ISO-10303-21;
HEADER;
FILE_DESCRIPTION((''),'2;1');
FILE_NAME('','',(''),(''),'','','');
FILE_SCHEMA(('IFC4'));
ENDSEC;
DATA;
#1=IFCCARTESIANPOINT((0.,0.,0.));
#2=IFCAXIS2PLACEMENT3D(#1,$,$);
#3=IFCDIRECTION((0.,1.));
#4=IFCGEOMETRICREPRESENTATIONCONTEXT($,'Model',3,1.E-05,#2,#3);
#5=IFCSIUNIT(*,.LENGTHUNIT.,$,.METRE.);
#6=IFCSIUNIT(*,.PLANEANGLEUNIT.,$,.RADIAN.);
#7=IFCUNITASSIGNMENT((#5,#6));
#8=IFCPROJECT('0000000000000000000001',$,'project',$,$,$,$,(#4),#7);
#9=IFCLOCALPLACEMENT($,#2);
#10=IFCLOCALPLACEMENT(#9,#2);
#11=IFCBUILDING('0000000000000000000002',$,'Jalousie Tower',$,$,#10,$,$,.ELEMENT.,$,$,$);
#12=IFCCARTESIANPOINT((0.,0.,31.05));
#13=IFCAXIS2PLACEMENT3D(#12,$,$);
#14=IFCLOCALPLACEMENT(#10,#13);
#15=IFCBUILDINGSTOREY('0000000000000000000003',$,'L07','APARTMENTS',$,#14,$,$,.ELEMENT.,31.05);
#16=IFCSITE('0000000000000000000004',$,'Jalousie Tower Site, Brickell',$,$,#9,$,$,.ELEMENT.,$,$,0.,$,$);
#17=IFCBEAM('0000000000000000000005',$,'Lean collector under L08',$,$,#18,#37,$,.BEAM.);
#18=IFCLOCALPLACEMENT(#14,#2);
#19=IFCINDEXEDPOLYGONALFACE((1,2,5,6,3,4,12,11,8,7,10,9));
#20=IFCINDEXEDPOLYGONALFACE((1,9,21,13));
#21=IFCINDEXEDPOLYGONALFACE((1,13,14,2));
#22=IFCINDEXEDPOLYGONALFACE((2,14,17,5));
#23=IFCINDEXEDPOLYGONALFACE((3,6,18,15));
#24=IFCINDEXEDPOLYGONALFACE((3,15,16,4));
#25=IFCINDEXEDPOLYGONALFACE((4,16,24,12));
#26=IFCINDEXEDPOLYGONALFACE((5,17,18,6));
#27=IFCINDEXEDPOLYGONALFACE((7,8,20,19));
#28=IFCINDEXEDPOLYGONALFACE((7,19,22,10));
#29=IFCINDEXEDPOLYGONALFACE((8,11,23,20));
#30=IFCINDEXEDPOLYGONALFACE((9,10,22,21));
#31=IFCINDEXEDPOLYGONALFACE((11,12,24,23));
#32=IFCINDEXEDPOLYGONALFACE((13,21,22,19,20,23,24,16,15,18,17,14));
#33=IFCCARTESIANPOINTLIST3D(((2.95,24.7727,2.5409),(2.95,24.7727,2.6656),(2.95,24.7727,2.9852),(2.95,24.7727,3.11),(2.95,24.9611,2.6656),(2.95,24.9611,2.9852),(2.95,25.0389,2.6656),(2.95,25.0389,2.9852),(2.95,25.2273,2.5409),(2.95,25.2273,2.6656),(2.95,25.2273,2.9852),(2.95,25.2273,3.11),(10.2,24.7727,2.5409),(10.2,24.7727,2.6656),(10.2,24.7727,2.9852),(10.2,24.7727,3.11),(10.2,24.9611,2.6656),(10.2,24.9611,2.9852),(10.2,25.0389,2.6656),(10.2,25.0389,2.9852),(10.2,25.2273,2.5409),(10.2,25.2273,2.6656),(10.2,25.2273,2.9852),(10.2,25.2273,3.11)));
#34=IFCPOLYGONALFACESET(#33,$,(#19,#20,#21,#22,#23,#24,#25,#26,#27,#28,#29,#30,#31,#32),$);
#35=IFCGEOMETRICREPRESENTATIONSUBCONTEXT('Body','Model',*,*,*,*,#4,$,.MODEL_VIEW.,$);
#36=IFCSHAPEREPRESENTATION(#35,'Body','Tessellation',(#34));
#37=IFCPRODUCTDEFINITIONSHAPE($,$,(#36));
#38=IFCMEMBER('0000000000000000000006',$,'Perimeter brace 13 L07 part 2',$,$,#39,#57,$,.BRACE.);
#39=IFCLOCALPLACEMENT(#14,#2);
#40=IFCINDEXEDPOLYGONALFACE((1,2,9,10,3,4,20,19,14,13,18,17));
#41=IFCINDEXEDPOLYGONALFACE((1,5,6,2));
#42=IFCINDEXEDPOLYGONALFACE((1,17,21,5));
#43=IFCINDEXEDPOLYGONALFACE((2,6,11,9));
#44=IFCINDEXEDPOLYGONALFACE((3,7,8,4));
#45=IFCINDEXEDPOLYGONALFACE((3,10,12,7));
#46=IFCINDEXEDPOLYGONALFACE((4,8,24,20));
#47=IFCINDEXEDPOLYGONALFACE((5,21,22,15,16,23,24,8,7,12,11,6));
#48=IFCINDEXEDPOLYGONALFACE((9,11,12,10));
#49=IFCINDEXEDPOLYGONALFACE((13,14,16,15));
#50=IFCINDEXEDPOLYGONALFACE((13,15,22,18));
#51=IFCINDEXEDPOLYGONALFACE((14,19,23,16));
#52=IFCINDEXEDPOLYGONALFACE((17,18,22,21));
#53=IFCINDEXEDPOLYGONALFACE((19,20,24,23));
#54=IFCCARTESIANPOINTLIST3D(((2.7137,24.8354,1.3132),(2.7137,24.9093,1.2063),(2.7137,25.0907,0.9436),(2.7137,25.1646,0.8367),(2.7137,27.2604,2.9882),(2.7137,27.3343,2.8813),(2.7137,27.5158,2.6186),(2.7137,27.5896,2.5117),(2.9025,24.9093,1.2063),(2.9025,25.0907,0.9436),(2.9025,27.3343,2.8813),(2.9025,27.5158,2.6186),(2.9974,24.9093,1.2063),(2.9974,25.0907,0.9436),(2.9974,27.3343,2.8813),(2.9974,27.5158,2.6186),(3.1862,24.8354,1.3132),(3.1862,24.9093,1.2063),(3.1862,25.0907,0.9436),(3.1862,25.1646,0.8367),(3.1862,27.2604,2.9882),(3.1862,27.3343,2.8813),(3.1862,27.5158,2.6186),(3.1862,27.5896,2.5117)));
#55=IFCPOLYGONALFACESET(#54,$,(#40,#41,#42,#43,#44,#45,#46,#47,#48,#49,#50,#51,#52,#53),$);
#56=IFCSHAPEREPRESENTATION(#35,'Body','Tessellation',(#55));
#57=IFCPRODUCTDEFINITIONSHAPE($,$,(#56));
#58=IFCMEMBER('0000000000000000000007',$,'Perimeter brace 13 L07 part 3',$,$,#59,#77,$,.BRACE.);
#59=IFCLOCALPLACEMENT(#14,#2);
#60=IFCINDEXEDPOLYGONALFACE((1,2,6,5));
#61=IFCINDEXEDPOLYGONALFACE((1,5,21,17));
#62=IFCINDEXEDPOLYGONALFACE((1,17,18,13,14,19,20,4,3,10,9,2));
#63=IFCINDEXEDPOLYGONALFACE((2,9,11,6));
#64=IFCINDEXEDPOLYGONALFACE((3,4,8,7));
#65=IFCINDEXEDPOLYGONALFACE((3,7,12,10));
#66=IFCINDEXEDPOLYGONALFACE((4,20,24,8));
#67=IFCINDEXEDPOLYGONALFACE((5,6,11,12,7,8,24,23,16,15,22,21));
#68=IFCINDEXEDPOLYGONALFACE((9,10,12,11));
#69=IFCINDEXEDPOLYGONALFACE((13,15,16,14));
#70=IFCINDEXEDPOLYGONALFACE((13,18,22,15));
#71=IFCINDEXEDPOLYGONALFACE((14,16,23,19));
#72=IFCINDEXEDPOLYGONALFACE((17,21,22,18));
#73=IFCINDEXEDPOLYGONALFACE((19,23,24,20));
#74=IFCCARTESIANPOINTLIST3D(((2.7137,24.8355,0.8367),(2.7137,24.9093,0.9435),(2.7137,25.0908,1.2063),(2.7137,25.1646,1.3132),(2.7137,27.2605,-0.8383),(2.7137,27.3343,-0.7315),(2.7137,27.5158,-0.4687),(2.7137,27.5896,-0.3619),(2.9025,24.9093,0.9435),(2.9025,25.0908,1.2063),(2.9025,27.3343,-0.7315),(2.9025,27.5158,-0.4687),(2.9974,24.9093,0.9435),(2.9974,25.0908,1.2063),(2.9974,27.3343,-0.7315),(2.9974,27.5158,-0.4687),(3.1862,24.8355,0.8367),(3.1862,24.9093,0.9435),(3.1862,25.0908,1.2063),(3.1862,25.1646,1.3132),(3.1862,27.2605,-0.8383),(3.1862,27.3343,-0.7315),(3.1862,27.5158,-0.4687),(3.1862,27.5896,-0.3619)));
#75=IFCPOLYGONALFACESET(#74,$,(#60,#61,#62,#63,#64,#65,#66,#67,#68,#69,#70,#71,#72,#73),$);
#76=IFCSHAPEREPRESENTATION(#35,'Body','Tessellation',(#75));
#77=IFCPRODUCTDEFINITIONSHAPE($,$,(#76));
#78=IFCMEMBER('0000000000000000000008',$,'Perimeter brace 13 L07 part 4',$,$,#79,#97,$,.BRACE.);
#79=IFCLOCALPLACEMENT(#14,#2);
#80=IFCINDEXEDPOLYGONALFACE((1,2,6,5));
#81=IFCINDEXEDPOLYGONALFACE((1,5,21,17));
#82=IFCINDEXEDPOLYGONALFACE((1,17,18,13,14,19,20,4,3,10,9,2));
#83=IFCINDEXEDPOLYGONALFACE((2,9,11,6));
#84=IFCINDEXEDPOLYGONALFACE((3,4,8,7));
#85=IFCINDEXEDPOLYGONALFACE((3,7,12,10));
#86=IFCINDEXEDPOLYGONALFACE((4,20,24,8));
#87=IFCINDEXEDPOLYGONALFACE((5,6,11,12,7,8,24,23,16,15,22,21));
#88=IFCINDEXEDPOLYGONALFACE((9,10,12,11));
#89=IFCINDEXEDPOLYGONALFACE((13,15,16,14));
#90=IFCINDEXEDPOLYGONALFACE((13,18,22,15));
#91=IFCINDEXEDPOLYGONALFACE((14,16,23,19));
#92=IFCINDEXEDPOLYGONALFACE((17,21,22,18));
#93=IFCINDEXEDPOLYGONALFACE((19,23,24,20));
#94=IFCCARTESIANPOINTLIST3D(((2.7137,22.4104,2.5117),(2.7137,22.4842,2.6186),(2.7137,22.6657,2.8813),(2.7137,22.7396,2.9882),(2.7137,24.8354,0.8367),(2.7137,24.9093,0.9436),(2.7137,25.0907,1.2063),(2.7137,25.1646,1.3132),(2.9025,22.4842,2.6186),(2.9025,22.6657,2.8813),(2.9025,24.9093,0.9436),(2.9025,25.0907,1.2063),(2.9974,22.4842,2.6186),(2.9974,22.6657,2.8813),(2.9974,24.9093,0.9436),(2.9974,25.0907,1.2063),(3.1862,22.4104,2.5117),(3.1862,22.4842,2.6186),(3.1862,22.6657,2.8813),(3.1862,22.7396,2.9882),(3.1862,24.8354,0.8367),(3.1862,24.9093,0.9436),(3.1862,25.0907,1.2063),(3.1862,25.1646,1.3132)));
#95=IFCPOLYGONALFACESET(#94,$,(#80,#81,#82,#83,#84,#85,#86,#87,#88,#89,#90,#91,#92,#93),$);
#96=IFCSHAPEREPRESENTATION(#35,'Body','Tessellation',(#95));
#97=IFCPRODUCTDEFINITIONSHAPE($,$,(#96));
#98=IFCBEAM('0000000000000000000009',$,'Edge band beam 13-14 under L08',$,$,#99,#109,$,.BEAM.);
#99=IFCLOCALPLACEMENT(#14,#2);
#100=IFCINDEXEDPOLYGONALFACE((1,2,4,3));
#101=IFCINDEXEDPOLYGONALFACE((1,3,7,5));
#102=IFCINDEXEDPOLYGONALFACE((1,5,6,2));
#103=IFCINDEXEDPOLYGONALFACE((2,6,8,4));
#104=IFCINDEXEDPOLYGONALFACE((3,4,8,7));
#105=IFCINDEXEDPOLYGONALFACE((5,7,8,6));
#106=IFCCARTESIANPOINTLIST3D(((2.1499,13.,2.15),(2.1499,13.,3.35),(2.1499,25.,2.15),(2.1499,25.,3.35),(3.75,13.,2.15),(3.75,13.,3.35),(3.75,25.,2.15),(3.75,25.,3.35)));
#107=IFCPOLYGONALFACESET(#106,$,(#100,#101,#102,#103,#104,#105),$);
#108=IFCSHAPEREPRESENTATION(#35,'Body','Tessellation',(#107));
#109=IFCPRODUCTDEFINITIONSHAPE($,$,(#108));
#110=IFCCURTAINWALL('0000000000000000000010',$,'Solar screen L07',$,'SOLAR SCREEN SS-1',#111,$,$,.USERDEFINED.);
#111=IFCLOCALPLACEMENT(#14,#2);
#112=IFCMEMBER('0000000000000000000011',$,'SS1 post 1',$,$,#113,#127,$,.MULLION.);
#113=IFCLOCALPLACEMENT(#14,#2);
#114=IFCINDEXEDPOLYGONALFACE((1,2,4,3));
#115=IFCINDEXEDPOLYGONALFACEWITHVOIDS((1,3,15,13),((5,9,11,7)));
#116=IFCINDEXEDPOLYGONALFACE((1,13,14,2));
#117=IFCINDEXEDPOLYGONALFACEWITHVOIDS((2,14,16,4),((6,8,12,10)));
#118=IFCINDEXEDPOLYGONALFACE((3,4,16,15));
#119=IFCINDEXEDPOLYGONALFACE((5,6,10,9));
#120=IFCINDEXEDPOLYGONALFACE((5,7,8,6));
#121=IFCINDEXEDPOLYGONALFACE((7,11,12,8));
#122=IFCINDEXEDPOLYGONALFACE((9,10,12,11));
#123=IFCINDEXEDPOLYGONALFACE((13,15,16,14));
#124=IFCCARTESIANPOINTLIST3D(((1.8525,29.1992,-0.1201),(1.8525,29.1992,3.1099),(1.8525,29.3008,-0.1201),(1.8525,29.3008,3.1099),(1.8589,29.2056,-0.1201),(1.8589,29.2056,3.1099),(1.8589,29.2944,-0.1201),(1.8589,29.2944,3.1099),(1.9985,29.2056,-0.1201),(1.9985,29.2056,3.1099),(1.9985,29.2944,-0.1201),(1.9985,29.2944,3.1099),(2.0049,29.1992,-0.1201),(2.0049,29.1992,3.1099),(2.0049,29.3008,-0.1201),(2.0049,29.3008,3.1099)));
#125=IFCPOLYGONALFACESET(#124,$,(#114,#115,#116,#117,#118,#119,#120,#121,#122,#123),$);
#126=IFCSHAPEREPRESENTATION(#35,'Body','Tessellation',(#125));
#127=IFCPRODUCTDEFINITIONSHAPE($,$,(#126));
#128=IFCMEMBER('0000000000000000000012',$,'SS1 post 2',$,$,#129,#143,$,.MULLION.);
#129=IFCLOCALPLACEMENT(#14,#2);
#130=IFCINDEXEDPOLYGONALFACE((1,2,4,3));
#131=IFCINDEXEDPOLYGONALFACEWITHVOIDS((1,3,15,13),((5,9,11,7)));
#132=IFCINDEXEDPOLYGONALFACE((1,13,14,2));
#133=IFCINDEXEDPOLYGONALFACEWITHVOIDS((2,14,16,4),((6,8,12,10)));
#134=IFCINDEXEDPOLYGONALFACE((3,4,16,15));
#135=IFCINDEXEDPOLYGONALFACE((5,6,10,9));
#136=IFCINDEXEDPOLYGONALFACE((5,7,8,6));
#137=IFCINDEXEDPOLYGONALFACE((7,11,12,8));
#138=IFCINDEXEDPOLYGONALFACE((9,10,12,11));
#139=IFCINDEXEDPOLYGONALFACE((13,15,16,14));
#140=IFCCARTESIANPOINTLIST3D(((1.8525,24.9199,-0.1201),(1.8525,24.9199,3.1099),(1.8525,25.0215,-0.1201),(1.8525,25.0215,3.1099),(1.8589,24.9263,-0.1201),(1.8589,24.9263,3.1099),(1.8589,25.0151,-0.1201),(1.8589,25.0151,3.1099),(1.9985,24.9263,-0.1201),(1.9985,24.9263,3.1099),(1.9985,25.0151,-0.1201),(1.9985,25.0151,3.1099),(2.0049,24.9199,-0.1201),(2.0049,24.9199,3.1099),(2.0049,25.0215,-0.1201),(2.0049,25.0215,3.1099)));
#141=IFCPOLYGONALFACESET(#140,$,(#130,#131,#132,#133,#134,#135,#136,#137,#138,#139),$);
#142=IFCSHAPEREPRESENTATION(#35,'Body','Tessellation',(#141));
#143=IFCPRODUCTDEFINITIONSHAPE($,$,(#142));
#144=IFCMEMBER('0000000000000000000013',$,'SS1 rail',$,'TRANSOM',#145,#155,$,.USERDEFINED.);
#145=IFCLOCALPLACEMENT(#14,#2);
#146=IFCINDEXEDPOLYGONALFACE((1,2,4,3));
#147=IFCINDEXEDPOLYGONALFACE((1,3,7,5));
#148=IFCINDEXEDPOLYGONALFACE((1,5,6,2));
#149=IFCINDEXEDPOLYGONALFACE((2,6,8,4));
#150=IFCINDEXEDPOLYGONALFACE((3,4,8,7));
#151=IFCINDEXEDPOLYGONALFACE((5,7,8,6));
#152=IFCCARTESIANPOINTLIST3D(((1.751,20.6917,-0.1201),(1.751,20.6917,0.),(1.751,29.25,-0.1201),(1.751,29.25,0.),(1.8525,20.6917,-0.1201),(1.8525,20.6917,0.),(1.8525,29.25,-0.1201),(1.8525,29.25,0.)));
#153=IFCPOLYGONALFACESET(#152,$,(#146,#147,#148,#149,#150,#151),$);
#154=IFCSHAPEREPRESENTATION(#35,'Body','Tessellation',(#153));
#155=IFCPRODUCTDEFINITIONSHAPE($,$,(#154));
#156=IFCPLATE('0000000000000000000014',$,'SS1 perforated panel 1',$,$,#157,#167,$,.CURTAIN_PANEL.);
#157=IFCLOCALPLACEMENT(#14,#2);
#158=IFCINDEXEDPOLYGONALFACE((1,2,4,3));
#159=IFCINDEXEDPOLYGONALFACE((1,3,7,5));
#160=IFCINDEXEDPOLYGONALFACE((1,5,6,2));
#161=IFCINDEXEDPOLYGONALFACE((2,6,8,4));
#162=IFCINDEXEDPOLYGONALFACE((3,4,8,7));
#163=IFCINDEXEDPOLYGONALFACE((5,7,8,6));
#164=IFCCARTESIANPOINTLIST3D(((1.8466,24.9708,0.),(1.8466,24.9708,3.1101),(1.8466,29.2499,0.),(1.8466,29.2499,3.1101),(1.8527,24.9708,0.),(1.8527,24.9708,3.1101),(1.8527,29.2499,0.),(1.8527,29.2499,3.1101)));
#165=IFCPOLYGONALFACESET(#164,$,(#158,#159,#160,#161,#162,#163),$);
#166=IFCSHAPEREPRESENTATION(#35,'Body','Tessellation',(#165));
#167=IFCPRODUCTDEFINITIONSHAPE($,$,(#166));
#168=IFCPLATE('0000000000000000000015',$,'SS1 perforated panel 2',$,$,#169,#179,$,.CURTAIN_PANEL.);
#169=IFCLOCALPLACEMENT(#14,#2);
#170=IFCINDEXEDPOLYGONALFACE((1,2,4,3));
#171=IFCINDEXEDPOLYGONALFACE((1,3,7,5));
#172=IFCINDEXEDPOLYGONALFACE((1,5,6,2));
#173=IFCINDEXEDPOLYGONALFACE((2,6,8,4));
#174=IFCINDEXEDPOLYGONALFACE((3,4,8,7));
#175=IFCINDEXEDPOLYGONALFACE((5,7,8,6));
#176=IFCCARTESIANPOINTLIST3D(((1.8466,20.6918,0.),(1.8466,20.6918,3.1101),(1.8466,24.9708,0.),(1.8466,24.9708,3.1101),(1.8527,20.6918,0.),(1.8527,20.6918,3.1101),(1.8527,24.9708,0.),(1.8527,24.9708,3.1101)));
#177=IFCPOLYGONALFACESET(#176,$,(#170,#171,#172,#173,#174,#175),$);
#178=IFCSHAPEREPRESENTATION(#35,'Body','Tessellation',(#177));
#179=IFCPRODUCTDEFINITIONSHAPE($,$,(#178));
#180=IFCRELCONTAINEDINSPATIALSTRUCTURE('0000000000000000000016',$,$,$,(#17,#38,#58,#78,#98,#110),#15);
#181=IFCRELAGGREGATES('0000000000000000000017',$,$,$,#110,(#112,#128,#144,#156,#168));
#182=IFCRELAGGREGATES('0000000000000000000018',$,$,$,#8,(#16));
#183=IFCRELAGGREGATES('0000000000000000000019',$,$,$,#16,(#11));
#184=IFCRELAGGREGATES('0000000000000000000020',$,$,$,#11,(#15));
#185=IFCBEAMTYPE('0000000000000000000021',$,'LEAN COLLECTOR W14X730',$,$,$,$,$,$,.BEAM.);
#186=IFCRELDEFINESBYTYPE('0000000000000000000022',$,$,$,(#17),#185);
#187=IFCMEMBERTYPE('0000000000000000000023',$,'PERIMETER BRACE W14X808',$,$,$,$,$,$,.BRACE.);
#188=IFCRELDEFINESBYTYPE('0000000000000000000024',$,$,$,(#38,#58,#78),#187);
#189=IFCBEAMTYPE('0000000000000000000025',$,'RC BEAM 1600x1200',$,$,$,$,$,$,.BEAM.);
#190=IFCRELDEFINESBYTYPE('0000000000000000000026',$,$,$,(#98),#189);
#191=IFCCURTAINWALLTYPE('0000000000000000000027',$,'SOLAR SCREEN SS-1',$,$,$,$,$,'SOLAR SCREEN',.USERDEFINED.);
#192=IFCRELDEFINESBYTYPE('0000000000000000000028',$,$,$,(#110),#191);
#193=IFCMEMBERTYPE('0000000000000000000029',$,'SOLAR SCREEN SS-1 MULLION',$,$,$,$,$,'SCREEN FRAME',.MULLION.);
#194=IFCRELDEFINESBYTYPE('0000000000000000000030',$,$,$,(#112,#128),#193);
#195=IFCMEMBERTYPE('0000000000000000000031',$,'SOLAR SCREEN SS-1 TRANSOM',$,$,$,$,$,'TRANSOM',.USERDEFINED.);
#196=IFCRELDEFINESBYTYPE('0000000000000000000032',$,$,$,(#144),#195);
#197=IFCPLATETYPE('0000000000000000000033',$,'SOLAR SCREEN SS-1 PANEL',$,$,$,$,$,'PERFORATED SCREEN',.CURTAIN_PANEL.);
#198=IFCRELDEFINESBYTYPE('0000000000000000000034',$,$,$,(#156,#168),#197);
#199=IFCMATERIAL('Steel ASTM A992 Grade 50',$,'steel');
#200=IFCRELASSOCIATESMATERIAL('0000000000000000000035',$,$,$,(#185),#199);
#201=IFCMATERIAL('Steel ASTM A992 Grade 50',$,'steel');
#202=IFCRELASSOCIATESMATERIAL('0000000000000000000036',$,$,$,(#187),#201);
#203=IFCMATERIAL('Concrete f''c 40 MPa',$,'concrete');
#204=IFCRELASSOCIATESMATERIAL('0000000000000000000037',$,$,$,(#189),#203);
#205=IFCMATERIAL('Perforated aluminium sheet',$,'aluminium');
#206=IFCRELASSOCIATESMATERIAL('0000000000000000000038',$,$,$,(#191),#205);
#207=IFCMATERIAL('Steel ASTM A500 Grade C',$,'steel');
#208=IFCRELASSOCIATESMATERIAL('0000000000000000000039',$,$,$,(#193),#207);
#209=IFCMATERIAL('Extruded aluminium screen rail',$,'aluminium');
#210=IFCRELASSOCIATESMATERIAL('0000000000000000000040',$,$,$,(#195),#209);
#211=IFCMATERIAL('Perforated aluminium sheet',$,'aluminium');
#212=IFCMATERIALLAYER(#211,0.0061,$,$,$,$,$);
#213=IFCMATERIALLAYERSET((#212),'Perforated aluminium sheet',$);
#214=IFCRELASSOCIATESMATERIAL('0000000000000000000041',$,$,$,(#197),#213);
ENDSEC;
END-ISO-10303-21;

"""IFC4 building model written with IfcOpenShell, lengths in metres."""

from ifc_helpers import new_model, si_unit, direction, frame, origin, origin_2d, place, context, subcontext, project, spatial, rectangle, hollow_rectangle, i_section, extrude, material, layer, layer_set, material_profile, profile_set, type_object, element, aggregate, save


model = new_model("IFC4")

# Units and contexts
model_context = context("Model", 3, precision=1e-05, world=origin(), true_north=direction((0.0, 1.0)))
body_context = subcontext(model_context, "Body", "Model", "MODEL_VIEW")
ifc_project = project(units=[si_unit("LENGTHUNIT", "METRE"), si_unit("PLANEANGLEUNIT", "RADIAN")], contexts=[model_context])

# Site, building, storey
site_placement = place(None, origin())
site = spatial("IfcSite", under=ifc_project, at=site_placement, Name="Jalousie Tower Site, Brickell", CompositionType="ELEMENT", RefElevation=0.0)
building_placement = place(site_placement, origin())
building = spatial("IfcBuilding", under=site, at=building_placement, Name="Jalousie Tower", CompositionType="ELEMENT")
storey_placement = place(building_placement, frame((0.0, 0.0, 31.05)))
storey = spatial("IfcBuildingStorey", under=building, at=storey_placement, Name="L07", Description="APARTMENTS", CompositionType="ELEMENT", Elevation=31.05)

# Beam
ifc_material_1 = material(Name="Steel ASTM A992 Grade 50", Category="steel")
ifc_material_profile_1 = material_profile(ifc_material_1, i_section(OverallWidth=0.4546, OverallDepth=0.5691, WebThickness=0.0779, FlangeThickness=0.1248, at=origin_2d()), Name="W14X730")
ifc_profile_set_1 = profile_set([ifc_material_profile_1], Name="Steel ASTM A992 Grade 50")
beam_type_1 = type_object("IfcBeamType", Name="LEAN COLLECTOR W14X730", PredefinedType="BEAM", material=ifc_profile_set_1)
beam_1_placement = place(storey_placement, frame((2.95, 25.0, 2.8254), z_axis=(1.0, 0.0, 0.0), x_axis=(0.0, 1.0, 0.0)))
element("IfcBeam", 1, at=beam_1_placement, inside=storey, type_object=beam_type_1, Name="Lean collector under L08", PredefinedType="BEAM", context=body_context, shape_type="SweptSolid", body=[
    extrude(i_section(OverallWidth=0.4546, OverallDepth=0.5691, WebThickness=0.0779, FlangeThickness=0.1248, at=origin_2d()), origin(), (0.0, 0.0, 1.0), 7.25),
])

# Members
ifc_material_2 = material(Name="Steel ASTM A992 Grade 50", Category="steel")
ifc_material_profile_2 = material_profile(ifc_material_2, i_section(OverallWidth=0.4724, OverallDepth=0.5791, WebThickness=0.095, FlangeThickness=0.1299, at=origin_2d()), Name="W14X808")
ifc_profile_set_2 = profile_set([ifc_material_profile_2], Name="Steel ASTM A992 Grade 50")
member_type_1 = type_object("IfcMemberType", Name="PERIMETER BRACE W14X808", PredefinedType="BRACE", material=ifc_profile_set_2)
for number, where, z_axis, x_axis, name in (
    (2, (2.95, 25.0, 1.075), (0.0, 0.8228, 0.568331), (-1.0, 0.0, 0.0), "Perimeter brace 13 L07 part 2"),
    (3, (2.95, 27.425, -0.6001), (0.0, -0.8228, 0.568331), (1.0, 0.0, 0.0), "Perimeter brace 13 L07 part 3"),
    (4, (2.95, 25.0, 1.075), (0.0, -0.8228, 0.568331), (1.0, 0.0, 0.0), "Perimeter brace 13 L07 part 4"),
):
    element("IfcMember", number, at=place(storey_placement, frame(where, z_axis=z_axis, x_axis=x_axis)), inside=storey, type_object=member_type_1, Name=name, PredefinedType="BRACE", context=body_context, shape_type="SweptSolid", body=[
        extrude(i_section(OverallWidth=0.4724, OverallDepth=0.5791, WebThickness=0.095, FlangeThickness=0.1299, at=origin_2d()), origin(), (0.0, 0.0, 1.0), 2.9473),
    ])

# Beam
ifc_material_3 = material(Name="Concrete f'c 40 MPa", Category="concrete")
ifc_material_profile_3 = material_profile(ifc_material_3, rectangle(XDim=1.6001, YDim=1.2, at=origin_2d()), Name="RC 1600x1200")
ifc_profile_set_3 = profile_set([ifc_material_profile_3], Name="Concrete f'c 40 MPa")
beam_type_2 = type_object("IfcBeamType", Name="RC BEAM 1600x1200", PredefinedType="BEAM", material=ifc_profile_set_3)
beam_2_placement = place(storey_placement, frame((2.95, 25.0, 2.75), z_axis=(0.0, -1.0, 0.0), x_axis=(1.0, 0.0, 0.0)))
element("IfcBeam", 5, at=beam_2_placement, inside=storey, type_object=beam_type_2, Name="Edge band beam 13-14 under L08", PredefinedType="BEAM", context=body_context, shape_type="SweptSolid", body=[
    extrude(rectangle(XDim=1.6001, YDim=1.2, at=origin_2d()), origin(), (0.0, 0.0, 1.0), 12.0),
])

# Curtain wall, members, plates
ifc_material_4 = material(Name="Perforated aluminium sheet", Category="aluminium")
curtain_wall_type = type_object("IfcCurtainWallType", Name="SOLAR SCREEN SS-1", ElementType="SOLAR SCREEN", PredefinedType="USERDEFINED", material=ifc_material_4)
curtain_wall_placement = place(storey_placement, origin())
curtain_wall = element("IfcCurtainWall", 6, at=curtain_wall_placement, inside=storey, type_object=curtain_wall_type, Name="Solar screen L07", ObjectType="SOLAR SCREEN SS-1", PredefinedType="USERDEFINED")
ifc_material_5 = material(Name="Steel ASTM A500 Grade C", Category="steel")
ifc_material_profile_4 = material_profile(ifc_material_5, hollow_rectangle(XDim=0.1016, YDim=0.1523, WallThickness=0.0063, at=origin_2d()), Name="HSS6X4X1/4")
ifc_profile_set_4 = profile_set([ifc_material_profile_4], Name="Steel ASTM A500 Grade C")
member_type_2 = type_object("IfcMemberType", Name="SOLAR SCREEN SS-1 MULLION", ElementType="SCREEN FRAME", PredefinedType="MULLION", material=ifc_profile_set_4)
member_1_placement = place(storey_placement, frame((1.9287, 29.25, -0.1201), z_axis=(0.0, 0.0, 1.0), x_axis=(0.0, -1.0, 0.0)))
member_1 = element("IfcMember", 7, at=member_1_placement, type_object=member_type_2, Name="SS1 post 1", PredefinedType="MULLION", context=body_context, shape_type="SweptSolid", body=[
    extrude(hollow_rectangle(XDim=0.1016, YDim=0.1523, WallThickness=0.0063, at=origin_2d()), origin(), (0.0, 0.0, 1.0), 3.23),
])
member_2_placement = place(storey_placement, frame((1.9287, 24.9707, -0.1201), z_axis=(0.0, 0.0, 1.0), x_axis=(0.0, -1.0, 0.0)))
member_2 = element("IfcMember", 8, at=member_2_placement, type_object=member_type_2, Name="SS1 post 2", PredefinedType="MULLION", context=body_context, shape_type="SweptSolid", body=[
    extrude(hollow_rectangle(XDim=0.1016, YDim=0.1523, WallThickness=0.0063, at=origin_2d()), origin(), (0.0, 0.0, 1.0), 3.23),
])
ifc_material_6 = material(Name="Extruded aluminium screen rail", Category="aluminium")
ifc_material_profile_5 = material_profile(ifc_material_6, rectangle(XDim=0.1016, YDim=0.1201, at=origin_2d()), Name="RAIL 102x120")
ifc_profile_set_5 = profile_set([ifc_material_profile_5], Name="Extruded aluminium screen rail")
member_type_3 = type_object("IfcMemberType", Name="SOLAR SCREEN SS-1 TRANSOM", ElementType="TRANSOM", PredefinedType="USERDEFINED", material=ifc_profile_set_5)
member_3_placement = place(storey_placement, frame((1.8018, 29.25, -0.0601), z_axis=(0.0, -1.0, 0.0), x_axis=(1.0, 0.0, 0.0)))
member_3 = element("IfcMember", 9, at=member_3_placement, type_object=member_type_3, Name="SS1 rail", ObjectType="TRANSOM", PredefinedType="USERDEFINED", context=body_context, shape_type="SweptSolid", body=[
    extrude(rectangle(XDim=0.1016, YDim=0.1201, at=origin_2d()), origin(), (0.0, 0.0, 1.0), 8.5583),
])
ifc_material_7 = material(Name="Perforated aluminium sheet", Category="aluminium")
ifc_layer = layer(ifc_material_7, 0.0061)
ifc_layer_set = layer_set([ifc_layer], Name="Perforated aluminium sheet")
plate_type = type_object("IfcPlateType", Name="SOLAR SCREEN SS-1 PANEL", ElementType="PERFORATED SCREEN", PredefinedType="CURTAIN_PANEL", material=ifc_layer_set)
plate_1_placement = place(storey_placement, frame((1.8496, 27.1104, 0.0), z_axis=(0.0, 0.0, 1.0), x_axis=(0.0, -1.0, 0.0)))
plate_1 = element("IfcPlate", 10, at=plate_1_placement, type_object=plate_type, Name="SS1 perforated panel 1", PredefinedType="CURTAIN_PANEL", context=body_context, shape_type="SweptSolid", body=[
    extrude(rectangle(XDim=4.2791, YDim=0.0061, at=origin_2d()), origin(), (0.0, 0.0, 1.0), 3.1101),
])
plate_2_placement = place(storey_placement, frame((1.8496, 22.8313, 0.0), z_axis=(0.0, 0.0, 1.0), x_axis=(0.0, -1.0, 0.0)))
plate_2 = element("IfcPlate", 11, at=plate_2_placement, type_object=plate_type, Name="SS1 perforated panel 2", PredefinedType="CURTAIN_PANEL", context=body_context, shape_type="SweptSolid", body=[
    extrude(rectangle(XDim=4.2791, YDim=0.0061, at=origin_2d()), origin(), (0.0, 0.0, 1.0), 3.1101),
])
aggregate(curtain_wall, [member_1, member_2, member_3, plate_1, plate_2])

save(model, "model.ifc")
